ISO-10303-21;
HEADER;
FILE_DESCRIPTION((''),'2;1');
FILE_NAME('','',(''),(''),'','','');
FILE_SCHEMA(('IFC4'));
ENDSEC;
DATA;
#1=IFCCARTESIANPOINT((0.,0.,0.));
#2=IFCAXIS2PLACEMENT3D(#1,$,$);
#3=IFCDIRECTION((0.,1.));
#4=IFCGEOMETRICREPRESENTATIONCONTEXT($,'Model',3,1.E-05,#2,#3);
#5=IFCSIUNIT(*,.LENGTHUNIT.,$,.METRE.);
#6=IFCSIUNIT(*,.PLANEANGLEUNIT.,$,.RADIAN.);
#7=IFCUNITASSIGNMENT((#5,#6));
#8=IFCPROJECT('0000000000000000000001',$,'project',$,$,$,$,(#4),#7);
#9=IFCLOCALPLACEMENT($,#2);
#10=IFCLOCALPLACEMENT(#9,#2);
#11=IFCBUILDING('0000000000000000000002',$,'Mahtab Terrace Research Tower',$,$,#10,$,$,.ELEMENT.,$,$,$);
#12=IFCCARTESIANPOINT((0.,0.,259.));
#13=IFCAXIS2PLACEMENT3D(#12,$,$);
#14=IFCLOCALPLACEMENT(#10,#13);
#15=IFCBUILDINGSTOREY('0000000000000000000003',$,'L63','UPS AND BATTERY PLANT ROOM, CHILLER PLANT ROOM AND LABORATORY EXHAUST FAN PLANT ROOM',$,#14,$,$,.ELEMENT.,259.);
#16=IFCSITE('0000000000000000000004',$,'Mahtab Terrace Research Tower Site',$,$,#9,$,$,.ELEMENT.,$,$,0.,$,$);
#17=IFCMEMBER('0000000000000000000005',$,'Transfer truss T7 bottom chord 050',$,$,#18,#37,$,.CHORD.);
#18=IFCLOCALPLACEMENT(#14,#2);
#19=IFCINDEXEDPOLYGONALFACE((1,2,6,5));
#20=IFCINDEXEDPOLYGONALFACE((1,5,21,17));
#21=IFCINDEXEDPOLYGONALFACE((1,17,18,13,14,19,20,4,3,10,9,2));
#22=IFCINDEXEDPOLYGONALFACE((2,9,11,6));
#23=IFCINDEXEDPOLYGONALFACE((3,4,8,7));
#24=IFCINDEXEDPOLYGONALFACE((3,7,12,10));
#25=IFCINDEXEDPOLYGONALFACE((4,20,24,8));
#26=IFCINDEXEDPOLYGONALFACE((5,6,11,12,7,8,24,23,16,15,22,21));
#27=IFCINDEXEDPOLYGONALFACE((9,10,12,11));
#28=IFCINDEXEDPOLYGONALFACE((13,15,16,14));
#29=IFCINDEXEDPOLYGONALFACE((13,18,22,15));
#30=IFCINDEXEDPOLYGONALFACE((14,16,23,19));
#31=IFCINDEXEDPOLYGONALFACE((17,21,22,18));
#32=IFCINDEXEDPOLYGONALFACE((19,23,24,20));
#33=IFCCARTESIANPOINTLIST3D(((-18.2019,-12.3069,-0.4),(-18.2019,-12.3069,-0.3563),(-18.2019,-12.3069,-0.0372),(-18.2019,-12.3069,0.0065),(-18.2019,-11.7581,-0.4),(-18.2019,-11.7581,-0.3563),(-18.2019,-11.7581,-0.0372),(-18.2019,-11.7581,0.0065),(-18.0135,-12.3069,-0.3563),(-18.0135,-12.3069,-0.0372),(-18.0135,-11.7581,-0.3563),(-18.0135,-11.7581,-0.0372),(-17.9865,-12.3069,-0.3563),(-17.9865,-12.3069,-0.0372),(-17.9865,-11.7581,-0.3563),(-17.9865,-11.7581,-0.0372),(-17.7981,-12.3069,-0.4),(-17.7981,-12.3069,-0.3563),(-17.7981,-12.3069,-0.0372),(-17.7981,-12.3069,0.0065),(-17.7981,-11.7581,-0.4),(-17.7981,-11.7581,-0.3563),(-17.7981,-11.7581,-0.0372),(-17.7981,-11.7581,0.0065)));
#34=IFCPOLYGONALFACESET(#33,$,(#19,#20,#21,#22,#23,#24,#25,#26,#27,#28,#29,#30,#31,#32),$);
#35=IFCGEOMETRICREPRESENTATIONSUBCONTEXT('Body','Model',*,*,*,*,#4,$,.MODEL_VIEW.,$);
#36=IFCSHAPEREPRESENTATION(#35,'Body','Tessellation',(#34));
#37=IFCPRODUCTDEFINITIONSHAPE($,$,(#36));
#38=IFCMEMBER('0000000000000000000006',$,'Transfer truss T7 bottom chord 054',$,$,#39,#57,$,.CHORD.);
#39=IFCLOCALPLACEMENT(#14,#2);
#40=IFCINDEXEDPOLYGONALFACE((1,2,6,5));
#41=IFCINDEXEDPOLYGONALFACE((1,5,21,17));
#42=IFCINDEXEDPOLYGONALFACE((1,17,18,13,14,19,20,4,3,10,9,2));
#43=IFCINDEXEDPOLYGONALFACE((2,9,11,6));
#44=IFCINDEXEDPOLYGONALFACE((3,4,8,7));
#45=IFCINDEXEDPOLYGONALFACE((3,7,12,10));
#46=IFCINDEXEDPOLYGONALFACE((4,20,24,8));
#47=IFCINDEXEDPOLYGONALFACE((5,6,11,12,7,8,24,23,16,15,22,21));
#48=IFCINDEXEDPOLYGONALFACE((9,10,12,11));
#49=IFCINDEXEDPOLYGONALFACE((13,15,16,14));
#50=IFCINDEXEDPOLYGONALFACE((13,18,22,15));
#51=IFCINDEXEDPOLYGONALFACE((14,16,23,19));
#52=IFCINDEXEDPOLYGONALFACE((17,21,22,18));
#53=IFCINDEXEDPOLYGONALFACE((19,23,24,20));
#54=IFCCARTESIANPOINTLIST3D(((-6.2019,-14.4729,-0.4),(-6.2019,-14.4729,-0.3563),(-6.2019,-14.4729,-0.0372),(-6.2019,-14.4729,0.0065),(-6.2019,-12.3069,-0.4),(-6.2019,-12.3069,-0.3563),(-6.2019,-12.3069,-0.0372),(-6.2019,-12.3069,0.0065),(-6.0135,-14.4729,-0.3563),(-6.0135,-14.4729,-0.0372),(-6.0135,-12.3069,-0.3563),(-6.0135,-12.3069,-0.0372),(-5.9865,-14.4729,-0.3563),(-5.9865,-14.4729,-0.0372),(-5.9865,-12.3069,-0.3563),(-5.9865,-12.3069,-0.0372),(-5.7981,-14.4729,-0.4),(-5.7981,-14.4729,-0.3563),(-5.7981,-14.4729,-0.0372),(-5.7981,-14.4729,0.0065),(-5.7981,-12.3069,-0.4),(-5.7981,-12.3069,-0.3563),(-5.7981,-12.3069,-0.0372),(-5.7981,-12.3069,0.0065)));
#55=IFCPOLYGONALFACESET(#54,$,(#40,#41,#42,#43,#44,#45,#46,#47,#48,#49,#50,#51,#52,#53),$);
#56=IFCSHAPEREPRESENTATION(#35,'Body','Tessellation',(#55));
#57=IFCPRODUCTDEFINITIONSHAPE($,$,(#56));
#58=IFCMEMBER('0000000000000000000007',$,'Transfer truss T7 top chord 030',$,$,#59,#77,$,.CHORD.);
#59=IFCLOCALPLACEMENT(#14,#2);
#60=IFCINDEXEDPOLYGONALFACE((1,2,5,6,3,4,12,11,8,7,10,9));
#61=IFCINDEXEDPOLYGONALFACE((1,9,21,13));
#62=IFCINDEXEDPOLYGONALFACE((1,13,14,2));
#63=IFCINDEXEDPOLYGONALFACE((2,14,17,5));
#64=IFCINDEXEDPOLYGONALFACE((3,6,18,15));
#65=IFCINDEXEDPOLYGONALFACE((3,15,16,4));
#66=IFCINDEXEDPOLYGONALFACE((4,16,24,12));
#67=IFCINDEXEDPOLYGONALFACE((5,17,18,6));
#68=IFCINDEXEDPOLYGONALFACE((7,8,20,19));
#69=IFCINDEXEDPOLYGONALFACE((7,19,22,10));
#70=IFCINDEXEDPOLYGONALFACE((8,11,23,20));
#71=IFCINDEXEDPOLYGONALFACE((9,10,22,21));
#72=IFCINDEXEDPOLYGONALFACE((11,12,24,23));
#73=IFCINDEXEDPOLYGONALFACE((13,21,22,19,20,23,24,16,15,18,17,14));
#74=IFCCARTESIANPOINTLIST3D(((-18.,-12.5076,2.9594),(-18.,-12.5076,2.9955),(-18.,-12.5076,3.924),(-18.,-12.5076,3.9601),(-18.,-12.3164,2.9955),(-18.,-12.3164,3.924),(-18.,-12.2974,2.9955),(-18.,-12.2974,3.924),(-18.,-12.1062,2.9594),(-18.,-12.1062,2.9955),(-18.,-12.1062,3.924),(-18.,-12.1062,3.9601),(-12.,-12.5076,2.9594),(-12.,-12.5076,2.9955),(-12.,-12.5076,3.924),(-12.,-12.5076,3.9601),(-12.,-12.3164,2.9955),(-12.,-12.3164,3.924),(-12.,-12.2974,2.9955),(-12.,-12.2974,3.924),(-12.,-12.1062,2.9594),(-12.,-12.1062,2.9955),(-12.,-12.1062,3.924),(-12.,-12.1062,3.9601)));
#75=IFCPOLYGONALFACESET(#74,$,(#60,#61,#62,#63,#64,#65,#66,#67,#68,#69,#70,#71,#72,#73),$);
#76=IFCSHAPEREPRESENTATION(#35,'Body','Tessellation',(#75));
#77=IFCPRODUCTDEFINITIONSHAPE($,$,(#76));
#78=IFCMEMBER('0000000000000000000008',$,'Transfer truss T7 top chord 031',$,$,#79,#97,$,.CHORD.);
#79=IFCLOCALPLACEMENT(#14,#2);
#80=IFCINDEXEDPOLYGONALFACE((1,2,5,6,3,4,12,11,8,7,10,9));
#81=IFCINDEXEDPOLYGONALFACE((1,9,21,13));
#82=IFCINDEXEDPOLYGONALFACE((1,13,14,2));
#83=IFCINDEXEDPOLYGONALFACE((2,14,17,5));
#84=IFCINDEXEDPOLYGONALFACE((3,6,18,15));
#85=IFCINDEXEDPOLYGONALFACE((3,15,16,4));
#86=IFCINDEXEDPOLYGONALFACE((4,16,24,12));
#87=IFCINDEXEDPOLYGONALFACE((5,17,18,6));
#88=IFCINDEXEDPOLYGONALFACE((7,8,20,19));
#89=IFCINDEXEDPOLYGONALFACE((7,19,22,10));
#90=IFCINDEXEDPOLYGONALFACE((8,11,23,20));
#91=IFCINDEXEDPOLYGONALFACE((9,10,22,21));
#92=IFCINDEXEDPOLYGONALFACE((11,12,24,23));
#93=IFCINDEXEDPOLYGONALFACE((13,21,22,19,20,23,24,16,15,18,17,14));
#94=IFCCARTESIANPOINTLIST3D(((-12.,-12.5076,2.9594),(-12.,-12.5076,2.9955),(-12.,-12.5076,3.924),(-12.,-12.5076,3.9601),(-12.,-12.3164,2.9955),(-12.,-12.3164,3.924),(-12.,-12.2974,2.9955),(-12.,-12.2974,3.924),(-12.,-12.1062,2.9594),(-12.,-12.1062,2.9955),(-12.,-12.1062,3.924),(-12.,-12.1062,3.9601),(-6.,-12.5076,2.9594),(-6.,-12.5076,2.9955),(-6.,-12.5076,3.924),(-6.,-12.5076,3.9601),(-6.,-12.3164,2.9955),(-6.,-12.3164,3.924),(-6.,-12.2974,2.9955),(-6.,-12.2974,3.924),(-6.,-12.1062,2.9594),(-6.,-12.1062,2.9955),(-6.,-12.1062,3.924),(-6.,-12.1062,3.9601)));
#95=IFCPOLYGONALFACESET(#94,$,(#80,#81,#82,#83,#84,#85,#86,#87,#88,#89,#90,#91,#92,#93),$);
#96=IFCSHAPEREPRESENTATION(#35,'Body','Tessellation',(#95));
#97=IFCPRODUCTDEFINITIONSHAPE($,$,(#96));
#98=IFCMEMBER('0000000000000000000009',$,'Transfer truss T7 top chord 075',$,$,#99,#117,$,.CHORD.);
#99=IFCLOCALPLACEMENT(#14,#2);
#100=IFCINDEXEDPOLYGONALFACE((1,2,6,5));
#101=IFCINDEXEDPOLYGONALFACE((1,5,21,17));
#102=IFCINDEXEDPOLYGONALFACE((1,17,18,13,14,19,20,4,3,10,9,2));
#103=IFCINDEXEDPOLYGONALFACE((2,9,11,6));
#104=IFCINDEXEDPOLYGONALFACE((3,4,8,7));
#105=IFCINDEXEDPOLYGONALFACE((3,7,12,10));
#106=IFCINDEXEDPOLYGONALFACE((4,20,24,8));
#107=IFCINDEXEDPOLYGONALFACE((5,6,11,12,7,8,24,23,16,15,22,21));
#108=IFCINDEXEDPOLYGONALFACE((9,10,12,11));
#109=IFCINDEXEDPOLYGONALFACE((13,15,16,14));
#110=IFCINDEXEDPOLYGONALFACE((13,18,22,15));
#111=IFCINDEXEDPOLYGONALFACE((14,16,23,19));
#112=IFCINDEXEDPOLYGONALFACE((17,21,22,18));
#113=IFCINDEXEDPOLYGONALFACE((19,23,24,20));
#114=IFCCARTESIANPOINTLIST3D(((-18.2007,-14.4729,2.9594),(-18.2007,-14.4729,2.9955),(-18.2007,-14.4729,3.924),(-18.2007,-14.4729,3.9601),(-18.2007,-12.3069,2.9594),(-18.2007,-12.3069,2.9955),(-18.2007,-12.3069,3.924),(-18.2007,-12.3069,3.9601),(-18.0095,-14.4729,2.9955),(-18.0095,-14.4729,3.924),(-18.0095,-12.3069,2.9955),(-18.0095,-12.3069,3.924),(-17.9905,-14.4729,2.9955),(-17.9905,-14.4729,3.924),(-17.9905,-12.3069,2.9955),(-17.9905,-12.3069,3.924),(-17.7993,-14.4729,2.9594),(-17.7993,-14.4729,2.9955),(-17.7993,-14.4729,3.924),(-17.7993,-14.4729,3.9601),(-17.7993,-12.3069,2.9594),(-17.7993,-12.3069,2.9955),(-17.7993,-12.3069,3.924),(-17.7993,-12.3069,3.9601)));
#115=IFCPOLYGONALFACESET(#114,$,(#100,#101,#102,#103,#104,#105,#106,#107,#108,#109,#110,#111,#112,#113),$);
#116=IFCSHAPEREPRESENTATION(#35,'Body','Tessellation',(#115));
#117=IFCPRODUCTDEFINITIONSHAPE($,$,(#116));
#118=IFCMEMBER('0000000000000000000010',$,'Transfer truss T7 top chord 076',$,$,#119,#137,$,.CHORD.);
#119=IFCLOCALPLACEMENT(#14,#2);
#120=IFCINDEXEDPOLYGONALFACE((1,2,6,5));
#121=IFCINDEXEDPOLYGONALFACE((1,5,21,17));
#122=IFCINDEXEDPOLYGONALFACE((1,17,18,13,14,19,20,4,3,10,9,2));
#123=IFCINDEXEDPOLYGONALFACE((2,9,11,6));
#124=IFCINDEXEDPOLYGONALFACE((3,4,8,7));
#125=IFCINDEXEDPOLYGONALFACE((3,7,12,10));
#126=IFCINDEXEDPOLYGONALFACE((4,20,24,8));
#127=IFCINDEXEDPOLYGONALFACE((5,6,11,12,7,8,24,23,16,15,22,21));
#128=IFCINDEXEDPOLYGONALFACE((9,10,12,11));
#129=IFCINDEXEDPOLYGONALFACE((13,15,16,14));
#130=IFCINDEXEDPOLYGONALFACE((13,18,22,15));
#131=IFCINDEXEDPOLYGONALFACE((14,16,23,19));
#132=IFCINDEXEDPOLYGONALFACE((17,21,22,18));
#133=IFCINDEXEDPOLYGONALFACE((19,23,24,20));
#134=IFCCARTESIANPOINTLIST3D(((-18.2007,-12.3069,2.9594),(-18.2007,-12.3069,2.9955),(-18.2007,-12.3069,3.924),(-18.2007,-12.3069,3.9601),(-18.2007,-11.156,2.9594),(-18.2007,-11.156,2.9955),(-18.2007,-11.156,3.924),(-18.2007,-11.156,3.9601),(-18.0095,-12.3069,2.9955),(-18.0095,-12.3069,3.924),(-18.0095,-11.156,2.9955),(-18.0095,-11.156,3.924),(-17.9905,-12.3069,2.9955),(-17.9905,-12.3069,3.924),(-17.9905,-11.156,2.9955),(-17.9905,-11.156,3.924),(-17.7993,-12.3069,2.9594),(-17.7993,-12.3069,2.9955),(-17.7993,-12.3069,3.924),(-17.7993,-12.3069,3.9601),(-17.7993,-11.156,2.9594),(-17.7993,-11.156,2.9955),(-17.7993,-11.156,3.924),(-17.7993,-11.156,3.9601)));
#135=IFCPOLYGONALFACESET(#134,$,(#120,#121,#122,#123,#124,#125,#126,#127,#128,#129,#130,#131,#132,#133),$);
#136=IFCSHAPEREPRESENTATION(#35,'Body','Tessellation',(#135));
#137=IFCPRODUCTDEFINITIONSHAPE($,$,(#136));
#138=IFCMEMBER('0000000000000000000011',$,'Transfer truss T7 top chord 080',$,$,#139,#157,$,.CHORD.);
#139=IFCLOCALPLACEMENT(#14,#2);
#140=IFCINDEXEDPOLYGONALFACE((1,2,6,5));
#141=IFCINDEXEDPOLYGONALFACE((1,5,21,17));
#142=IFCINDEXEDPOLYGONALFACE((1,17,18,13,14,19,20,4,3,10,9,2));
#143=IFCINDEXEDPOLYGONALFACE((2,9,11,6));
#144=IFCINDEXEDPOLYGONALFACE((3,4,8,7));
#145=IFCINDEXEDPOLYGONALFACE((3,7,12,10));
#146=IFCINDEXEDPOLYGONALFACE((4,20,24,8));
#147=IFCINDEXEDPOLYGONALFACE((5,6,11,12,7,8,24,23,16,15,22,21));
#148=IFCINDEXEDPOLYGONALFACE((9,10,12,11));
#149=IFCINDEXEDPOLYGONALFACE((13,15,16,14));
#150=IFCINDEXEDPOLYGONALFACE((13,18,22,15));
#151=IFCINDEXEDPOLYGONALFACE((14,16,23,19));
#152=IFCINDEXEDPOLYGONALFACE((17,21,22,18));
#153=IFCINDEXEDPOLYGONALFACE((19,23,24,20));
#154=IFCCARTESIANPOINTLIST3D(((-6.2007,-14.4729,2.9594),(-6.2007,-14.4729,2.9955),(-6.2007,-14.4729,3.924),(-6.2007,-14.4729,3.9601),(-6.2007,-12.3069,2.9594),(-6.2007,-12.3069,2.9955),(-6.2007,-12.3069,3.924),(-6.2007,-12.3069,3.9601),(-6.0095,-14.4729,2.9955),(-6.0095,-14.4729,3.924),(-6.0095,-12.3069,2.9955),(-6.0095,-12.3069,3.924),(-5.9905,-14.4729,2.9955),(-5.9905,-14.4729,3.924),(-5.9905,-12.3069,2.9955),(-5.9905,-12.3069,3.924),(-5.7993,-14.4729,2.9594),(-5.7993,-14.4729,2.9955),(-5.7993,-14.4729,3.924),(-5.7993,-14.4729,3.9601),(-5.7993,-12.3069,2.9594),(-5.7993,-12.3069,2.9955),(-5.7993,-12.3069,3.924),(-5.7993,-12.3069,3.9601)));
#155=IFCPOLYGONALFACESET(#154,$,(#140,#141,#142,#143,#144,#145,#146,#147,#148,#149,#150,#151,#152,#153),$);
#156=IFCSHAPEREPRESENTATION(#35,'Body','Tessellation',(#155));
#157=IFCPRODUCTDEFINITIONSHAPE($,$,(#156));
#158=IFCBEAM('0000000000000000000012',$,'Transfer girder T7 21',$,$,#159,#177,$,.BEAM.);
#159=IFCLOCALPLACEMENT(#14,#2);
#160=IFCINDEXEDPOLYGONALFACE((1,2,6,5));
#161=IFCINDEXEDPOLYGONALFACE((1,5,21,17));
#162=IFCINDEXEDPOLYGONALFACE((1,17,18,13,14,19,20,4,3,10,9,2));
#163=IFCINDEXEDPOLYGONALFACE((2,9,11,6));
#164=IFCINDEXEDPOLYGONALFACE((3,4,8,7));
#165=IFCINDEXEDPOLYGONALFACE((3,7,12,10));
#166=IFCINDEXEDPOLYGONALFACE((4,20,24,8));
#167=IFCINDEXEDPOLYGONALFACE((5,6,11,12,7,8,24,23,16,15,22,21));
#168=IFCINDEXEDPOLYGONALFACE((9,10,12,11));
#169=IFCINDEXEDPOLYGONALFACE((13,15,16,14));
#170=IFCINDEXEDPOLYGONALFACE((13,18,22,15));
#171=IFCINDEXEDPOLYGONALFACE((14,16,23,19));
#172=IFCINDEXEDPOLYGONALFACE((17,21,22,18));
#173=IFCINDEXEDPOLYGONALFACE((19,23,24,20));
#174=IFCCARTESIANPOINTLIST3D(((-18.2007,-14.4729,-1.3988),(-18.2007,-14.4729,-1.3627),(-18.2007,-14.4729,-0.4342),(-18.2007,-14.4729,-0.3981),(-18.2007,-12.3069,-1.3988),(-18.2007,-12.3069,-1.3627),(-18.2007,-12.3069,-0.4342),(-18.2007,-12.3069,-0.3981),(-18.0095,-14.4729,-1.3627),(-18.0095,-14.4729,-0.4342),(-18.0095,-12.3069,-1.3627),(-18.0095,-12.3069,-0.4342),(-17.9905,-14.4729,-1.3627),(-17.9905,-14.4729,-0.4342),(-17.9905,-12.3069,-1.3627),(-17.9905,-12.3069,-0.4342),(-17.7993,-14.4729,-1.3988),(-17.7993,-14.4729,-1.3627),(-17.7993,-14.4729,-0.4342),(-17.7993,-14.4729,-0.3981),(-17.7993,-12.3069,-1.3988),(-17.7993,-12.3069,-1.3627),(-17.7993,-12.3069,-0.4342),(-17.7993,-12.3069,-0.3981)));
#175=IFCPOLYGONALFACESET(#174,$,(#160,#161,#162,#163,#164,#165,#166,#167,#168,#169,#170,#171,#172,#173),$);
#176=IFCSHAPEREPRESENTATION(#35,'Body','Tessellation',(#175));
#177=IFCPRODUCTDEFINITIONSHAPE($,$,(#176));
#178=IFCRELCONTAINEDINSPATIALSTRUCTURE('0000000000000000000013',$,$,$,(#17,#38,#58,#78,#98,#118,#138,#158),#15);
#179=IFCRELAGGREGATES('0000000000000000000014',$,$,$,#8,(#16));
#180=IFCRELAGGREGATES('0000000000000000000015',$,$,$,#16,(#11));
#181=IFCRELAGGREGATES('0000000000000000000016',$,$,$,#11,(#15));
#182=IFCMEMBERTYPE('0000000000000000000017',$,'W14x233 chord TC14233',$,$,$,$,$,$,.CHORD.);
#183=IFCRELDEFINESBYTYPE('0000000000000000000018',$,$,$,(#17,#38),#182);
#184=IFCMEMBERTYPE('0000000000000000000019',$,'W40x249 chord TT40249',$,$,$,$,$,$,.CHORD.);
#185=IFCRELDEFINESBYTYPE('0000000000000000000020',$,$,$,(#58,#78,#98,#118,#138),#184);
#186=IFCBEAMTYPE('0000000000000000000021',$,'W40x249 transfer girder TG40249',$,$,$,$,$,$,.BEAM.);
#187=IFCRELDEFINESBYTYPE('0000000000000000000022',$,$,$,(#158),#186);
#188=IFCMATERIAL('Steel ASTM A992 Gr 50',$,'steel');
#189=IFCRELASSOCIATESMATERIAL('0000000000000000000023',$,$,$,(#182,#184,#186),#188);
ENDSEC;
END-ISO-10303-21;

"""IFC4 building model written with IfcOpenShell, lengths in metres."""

from ifc_helpers import new_model, si_unit, direction, frame, origin, origin_2d, place, context, subcontext, project, spatial, i_section, extrude, material, material_profile, profile_set, type_object, element, save


model = new_model("IFC4")

# Units and contexts
model_context = context("Model", 3, precision=1e-05, world=origin(), true_north=direction((0.0, 1.0)))
body_context = subcontext(model_context, "Body", "Model", "MODEL_VIEW")
ifc_project = project(units=[si_unit("LENGTHUNIT", "METRE"), si_unit("PLANEANGLEUNIT", "RADIAN")], contexts=[model_context])

# Site, building, storey
site_placement = place(None, origin())
site = spatial("IfcSite", under=ifc_project, at=site_placement, Name="Mahtab Terrace Research Tower Site", CompositionType="ELEMENT", RefElevation=0.0)
building_placement = place(site_placement, origin())
building = spatial("IfcBuilding", under=site, at=building_placement, Name="Mahtab Terrace Research Tower", CompositionType="ELEMENT")
storey_placement = place(building_placement, frame((0.0, 0.0, 259.0)))
storey = spatial("IfcBuildingStorey", under=building, at=storey_placement, Name="L63", Description="UPS AND BATTERY PLANT ROOM, CHILLER PLANT ROOM AND LABORATORY EXHAUST FAN PLANT ROOM", CompositionType="ELEMENT", Elevation=259.0)

# Shared definitions
ifc_material_1 = material(Name="Steel ASTM A992 Gr 50", Category="steel")

# Members
ifc_material_profile_1 = material_profile(ifc_material_1, i_section(OverallWidth=0.4038, OverallDepth=0.4065, WebThickness=0.0271, FlangeThickness=0.0437, at=origin_2d()), Name="W14X233")
ifc_profile_set_1 = profile_set([ifc_material_profile_1], Name="Steel ASTM A992 Gr 50")
member_type_1 = type_object("IfcMemberType", Name="W14x233 chord TC14233", PredefinedType="CHORD", material=ifc_profile_set_1)
member_1_placement = place(storey_placement, frame((-18.0, -12.3069, -0.1968), z_axis=(0.0, 1.0, 0.0), x_axis=(-1.0, 0.0, 0.0)))
element("IfcMember", 1, at=member_1_placement, inside=storey, type_object=member_type_1, Name="Transfer truss T7 bottom chord 050", PredefinedType="CHORD", context=body_context, shape_type="SweptSolid", body=[
    extrude(i_section(OverallWidth=0.4038, OverallDepth=0.4065, WebThickness=0.0271, FlangeThickness=0.0437, at=origin_2d()), origin(), (0.0, 0.0, 1.0), 0.5488),
])
member_2_placement = place(storey_placement, frame((-6.0, -14.4729, -0.1968), z_axis=(0.0, 1.0, 0.0), x_axis=(-1.0, 0.0, 0.0)))
element("IfcMember", 2, at=member_2_placement, inside=storey, type_object=member_type_1, Name="Transfer truss T7 bottom chord 054", PredefinedType="CHORD", context=body_context, shape_type="SweptSolid", body=[
    extrude(i_section(OverallWidth=0.4038, OverallDepth=0.4065, WebThickness=0.0271, FlangeThickness=0.0437, at=origin_2d()), origin(), (0.0, 0.0, 1.0), 2.166),
])
ifc_material_profile_2 = material_profile(ifc_material_1, i_section(OverallWidth=0.4014, OverallDepth=1.0007, WebThickness=0.019, FlangeThickness=0.0361, at=origin_2d()), Name="W40X249")
ifc_profile_set_2 = profile_set([ifc_material_profile_2], Name="Steel ASTM A992 Gr 50")
member_type_2 = type_object("IfcMemberType", Name="W40x249 chord TT40249", PredefinedType="CHORD", material=ifc_profile_set_2)
for number, where, z_axis, x_axis, name in (
    (3, (-18.0, -12.3069, 3.4597), (1.0, 0.0, 0.0), (0.0, 1.0, 0.0), "Transfer truss T7 top chord 030"),
    (4, (-12.0, -12.3069, 3.4597), (1.0, 0.0, 0.0), (0.0, 1.0, 0.0), "Transfer truss T7 top chord 031"),
):
    element("IfcMember", number, at=place(storey_placement, frame(where, z_axis=z_axis, x_axis=x_axis)), inside=storey, type_object=member_type_2, Name=name, PredefinedType="CHORD", context=body_context, shape_type="SweptSolid", body=[
        extrude(i_section(OverallWidth=0.4014, OverallDepth=1.0007, WebThickness=0.019, FlangeThickness=0.0361, at=origin_2d()), origin(), (0.0, 0.0, 1.0), 6.0),
    ])
member_3_placement = place(storey_placement, frame((-18.0, -14.4729, 3.4597), z_axis=(0.0, 1.0, 0.0), x_axis=(-1.0, 0.0, 0.0)))
element("IfcMember", 5, at=member_3_placement, inside=storey, type_object=member_type_2, Name="Transfer truss T7 top chord 075", PredefinedType="CHORD", context=body_context, shape_type="SweptSolid", body=[
    extrude(i_section(OverallWidth=0.4014, OverallDepth=1.0007, WebThickness=0.019, FlangeThickness=0.0361, at=origin_2d()), origin(), (0.0, 0.0, 1.0), 2.166),
])
member_4_placement = place(storey_placement, frame((-18.0, -12.3069, 3.4597), z_axis=(0.0, 1.0, 0.0), x_axis=(-1.0, 0.0, 0.0)))
element("IfcMember", 6, at=member_4_placement, inside=storey, type_object=member_type_2, Name="Transfer truss T7 top chord 076", PredefinedType="CHORD", context=body_context, shape_type="SweptSolid", body=[
    extrude(i_section(OverallWidth=0.4014, OverallDepth=1.0007, WebThickness=0.019, FlangeThickness=0.0361, at=origin_2d()), origin(), (0.0, 0.0, 1.0), 1.1509),
])
member_5_placement = place(storey_placement, frame((-6.0, -14.4729, 3.4597), z_axis=(0.0, 1.0, 0.0), x_axis=(-1.0, 0.0, 0.0)))
element("IfcMember", 7, at=member_5_placement, inside=storey, type_object=member_type_2, Name="Transfer truss T7 top chord 080", PredefinedType="CHORD", context=body_context, shape_type="SweptSolid", body=[
    extrude(i_section(OverallWidth=0.4014, OverallDepth=1.0007, WebThickness=0.019, FlangeThickness=0.0361, at=origin_2d()), origin(), (0.0, 0.0, 1.0), 2.166),
])

# Beam
ifc_material_profile_3 = material_profile(ifc_material_1, i_section(OverallWidth=0.4014, OverallDepth=1.0007, WebThickness=0.019, FlangeThickness=0.0361, at=origin_2d()), Name="W40X249")
ifc_profile_set_3 = profile_set([ifc_material_profile_3], Name="Steel ASTM A992 Gr 50")
beam_type = type_object("IfcBeamType", Name="W40x249 transfer girder TG40249", PredefinedType="BEAM", material=ifc_profile_set_3)
beam_1_placement = place(storey_placement, frame((-18.0, -14.4729, -0.8984), z_axis=(0.0, 1.0, 0.0), x_axis=(-1.0, 0.0, 0.0)))
element("IfcBeam", 8, at=beam_1_placement, inside=storey, type_object=beam_type, Name="Transfer girder T7 21", PredefinedType="BEAM", context=body_context, shape_type="SweptSolid", body=[
    extrude(i_section(OverallWidth=0.4014, OverallDepth=1.0007, WebThickness=0.019, FlangeThickness=0.0361, at=origin_2d()), origin(), (0.0, 0.0, 1.0), 2.166),
])

save(model, "model.ifc")
